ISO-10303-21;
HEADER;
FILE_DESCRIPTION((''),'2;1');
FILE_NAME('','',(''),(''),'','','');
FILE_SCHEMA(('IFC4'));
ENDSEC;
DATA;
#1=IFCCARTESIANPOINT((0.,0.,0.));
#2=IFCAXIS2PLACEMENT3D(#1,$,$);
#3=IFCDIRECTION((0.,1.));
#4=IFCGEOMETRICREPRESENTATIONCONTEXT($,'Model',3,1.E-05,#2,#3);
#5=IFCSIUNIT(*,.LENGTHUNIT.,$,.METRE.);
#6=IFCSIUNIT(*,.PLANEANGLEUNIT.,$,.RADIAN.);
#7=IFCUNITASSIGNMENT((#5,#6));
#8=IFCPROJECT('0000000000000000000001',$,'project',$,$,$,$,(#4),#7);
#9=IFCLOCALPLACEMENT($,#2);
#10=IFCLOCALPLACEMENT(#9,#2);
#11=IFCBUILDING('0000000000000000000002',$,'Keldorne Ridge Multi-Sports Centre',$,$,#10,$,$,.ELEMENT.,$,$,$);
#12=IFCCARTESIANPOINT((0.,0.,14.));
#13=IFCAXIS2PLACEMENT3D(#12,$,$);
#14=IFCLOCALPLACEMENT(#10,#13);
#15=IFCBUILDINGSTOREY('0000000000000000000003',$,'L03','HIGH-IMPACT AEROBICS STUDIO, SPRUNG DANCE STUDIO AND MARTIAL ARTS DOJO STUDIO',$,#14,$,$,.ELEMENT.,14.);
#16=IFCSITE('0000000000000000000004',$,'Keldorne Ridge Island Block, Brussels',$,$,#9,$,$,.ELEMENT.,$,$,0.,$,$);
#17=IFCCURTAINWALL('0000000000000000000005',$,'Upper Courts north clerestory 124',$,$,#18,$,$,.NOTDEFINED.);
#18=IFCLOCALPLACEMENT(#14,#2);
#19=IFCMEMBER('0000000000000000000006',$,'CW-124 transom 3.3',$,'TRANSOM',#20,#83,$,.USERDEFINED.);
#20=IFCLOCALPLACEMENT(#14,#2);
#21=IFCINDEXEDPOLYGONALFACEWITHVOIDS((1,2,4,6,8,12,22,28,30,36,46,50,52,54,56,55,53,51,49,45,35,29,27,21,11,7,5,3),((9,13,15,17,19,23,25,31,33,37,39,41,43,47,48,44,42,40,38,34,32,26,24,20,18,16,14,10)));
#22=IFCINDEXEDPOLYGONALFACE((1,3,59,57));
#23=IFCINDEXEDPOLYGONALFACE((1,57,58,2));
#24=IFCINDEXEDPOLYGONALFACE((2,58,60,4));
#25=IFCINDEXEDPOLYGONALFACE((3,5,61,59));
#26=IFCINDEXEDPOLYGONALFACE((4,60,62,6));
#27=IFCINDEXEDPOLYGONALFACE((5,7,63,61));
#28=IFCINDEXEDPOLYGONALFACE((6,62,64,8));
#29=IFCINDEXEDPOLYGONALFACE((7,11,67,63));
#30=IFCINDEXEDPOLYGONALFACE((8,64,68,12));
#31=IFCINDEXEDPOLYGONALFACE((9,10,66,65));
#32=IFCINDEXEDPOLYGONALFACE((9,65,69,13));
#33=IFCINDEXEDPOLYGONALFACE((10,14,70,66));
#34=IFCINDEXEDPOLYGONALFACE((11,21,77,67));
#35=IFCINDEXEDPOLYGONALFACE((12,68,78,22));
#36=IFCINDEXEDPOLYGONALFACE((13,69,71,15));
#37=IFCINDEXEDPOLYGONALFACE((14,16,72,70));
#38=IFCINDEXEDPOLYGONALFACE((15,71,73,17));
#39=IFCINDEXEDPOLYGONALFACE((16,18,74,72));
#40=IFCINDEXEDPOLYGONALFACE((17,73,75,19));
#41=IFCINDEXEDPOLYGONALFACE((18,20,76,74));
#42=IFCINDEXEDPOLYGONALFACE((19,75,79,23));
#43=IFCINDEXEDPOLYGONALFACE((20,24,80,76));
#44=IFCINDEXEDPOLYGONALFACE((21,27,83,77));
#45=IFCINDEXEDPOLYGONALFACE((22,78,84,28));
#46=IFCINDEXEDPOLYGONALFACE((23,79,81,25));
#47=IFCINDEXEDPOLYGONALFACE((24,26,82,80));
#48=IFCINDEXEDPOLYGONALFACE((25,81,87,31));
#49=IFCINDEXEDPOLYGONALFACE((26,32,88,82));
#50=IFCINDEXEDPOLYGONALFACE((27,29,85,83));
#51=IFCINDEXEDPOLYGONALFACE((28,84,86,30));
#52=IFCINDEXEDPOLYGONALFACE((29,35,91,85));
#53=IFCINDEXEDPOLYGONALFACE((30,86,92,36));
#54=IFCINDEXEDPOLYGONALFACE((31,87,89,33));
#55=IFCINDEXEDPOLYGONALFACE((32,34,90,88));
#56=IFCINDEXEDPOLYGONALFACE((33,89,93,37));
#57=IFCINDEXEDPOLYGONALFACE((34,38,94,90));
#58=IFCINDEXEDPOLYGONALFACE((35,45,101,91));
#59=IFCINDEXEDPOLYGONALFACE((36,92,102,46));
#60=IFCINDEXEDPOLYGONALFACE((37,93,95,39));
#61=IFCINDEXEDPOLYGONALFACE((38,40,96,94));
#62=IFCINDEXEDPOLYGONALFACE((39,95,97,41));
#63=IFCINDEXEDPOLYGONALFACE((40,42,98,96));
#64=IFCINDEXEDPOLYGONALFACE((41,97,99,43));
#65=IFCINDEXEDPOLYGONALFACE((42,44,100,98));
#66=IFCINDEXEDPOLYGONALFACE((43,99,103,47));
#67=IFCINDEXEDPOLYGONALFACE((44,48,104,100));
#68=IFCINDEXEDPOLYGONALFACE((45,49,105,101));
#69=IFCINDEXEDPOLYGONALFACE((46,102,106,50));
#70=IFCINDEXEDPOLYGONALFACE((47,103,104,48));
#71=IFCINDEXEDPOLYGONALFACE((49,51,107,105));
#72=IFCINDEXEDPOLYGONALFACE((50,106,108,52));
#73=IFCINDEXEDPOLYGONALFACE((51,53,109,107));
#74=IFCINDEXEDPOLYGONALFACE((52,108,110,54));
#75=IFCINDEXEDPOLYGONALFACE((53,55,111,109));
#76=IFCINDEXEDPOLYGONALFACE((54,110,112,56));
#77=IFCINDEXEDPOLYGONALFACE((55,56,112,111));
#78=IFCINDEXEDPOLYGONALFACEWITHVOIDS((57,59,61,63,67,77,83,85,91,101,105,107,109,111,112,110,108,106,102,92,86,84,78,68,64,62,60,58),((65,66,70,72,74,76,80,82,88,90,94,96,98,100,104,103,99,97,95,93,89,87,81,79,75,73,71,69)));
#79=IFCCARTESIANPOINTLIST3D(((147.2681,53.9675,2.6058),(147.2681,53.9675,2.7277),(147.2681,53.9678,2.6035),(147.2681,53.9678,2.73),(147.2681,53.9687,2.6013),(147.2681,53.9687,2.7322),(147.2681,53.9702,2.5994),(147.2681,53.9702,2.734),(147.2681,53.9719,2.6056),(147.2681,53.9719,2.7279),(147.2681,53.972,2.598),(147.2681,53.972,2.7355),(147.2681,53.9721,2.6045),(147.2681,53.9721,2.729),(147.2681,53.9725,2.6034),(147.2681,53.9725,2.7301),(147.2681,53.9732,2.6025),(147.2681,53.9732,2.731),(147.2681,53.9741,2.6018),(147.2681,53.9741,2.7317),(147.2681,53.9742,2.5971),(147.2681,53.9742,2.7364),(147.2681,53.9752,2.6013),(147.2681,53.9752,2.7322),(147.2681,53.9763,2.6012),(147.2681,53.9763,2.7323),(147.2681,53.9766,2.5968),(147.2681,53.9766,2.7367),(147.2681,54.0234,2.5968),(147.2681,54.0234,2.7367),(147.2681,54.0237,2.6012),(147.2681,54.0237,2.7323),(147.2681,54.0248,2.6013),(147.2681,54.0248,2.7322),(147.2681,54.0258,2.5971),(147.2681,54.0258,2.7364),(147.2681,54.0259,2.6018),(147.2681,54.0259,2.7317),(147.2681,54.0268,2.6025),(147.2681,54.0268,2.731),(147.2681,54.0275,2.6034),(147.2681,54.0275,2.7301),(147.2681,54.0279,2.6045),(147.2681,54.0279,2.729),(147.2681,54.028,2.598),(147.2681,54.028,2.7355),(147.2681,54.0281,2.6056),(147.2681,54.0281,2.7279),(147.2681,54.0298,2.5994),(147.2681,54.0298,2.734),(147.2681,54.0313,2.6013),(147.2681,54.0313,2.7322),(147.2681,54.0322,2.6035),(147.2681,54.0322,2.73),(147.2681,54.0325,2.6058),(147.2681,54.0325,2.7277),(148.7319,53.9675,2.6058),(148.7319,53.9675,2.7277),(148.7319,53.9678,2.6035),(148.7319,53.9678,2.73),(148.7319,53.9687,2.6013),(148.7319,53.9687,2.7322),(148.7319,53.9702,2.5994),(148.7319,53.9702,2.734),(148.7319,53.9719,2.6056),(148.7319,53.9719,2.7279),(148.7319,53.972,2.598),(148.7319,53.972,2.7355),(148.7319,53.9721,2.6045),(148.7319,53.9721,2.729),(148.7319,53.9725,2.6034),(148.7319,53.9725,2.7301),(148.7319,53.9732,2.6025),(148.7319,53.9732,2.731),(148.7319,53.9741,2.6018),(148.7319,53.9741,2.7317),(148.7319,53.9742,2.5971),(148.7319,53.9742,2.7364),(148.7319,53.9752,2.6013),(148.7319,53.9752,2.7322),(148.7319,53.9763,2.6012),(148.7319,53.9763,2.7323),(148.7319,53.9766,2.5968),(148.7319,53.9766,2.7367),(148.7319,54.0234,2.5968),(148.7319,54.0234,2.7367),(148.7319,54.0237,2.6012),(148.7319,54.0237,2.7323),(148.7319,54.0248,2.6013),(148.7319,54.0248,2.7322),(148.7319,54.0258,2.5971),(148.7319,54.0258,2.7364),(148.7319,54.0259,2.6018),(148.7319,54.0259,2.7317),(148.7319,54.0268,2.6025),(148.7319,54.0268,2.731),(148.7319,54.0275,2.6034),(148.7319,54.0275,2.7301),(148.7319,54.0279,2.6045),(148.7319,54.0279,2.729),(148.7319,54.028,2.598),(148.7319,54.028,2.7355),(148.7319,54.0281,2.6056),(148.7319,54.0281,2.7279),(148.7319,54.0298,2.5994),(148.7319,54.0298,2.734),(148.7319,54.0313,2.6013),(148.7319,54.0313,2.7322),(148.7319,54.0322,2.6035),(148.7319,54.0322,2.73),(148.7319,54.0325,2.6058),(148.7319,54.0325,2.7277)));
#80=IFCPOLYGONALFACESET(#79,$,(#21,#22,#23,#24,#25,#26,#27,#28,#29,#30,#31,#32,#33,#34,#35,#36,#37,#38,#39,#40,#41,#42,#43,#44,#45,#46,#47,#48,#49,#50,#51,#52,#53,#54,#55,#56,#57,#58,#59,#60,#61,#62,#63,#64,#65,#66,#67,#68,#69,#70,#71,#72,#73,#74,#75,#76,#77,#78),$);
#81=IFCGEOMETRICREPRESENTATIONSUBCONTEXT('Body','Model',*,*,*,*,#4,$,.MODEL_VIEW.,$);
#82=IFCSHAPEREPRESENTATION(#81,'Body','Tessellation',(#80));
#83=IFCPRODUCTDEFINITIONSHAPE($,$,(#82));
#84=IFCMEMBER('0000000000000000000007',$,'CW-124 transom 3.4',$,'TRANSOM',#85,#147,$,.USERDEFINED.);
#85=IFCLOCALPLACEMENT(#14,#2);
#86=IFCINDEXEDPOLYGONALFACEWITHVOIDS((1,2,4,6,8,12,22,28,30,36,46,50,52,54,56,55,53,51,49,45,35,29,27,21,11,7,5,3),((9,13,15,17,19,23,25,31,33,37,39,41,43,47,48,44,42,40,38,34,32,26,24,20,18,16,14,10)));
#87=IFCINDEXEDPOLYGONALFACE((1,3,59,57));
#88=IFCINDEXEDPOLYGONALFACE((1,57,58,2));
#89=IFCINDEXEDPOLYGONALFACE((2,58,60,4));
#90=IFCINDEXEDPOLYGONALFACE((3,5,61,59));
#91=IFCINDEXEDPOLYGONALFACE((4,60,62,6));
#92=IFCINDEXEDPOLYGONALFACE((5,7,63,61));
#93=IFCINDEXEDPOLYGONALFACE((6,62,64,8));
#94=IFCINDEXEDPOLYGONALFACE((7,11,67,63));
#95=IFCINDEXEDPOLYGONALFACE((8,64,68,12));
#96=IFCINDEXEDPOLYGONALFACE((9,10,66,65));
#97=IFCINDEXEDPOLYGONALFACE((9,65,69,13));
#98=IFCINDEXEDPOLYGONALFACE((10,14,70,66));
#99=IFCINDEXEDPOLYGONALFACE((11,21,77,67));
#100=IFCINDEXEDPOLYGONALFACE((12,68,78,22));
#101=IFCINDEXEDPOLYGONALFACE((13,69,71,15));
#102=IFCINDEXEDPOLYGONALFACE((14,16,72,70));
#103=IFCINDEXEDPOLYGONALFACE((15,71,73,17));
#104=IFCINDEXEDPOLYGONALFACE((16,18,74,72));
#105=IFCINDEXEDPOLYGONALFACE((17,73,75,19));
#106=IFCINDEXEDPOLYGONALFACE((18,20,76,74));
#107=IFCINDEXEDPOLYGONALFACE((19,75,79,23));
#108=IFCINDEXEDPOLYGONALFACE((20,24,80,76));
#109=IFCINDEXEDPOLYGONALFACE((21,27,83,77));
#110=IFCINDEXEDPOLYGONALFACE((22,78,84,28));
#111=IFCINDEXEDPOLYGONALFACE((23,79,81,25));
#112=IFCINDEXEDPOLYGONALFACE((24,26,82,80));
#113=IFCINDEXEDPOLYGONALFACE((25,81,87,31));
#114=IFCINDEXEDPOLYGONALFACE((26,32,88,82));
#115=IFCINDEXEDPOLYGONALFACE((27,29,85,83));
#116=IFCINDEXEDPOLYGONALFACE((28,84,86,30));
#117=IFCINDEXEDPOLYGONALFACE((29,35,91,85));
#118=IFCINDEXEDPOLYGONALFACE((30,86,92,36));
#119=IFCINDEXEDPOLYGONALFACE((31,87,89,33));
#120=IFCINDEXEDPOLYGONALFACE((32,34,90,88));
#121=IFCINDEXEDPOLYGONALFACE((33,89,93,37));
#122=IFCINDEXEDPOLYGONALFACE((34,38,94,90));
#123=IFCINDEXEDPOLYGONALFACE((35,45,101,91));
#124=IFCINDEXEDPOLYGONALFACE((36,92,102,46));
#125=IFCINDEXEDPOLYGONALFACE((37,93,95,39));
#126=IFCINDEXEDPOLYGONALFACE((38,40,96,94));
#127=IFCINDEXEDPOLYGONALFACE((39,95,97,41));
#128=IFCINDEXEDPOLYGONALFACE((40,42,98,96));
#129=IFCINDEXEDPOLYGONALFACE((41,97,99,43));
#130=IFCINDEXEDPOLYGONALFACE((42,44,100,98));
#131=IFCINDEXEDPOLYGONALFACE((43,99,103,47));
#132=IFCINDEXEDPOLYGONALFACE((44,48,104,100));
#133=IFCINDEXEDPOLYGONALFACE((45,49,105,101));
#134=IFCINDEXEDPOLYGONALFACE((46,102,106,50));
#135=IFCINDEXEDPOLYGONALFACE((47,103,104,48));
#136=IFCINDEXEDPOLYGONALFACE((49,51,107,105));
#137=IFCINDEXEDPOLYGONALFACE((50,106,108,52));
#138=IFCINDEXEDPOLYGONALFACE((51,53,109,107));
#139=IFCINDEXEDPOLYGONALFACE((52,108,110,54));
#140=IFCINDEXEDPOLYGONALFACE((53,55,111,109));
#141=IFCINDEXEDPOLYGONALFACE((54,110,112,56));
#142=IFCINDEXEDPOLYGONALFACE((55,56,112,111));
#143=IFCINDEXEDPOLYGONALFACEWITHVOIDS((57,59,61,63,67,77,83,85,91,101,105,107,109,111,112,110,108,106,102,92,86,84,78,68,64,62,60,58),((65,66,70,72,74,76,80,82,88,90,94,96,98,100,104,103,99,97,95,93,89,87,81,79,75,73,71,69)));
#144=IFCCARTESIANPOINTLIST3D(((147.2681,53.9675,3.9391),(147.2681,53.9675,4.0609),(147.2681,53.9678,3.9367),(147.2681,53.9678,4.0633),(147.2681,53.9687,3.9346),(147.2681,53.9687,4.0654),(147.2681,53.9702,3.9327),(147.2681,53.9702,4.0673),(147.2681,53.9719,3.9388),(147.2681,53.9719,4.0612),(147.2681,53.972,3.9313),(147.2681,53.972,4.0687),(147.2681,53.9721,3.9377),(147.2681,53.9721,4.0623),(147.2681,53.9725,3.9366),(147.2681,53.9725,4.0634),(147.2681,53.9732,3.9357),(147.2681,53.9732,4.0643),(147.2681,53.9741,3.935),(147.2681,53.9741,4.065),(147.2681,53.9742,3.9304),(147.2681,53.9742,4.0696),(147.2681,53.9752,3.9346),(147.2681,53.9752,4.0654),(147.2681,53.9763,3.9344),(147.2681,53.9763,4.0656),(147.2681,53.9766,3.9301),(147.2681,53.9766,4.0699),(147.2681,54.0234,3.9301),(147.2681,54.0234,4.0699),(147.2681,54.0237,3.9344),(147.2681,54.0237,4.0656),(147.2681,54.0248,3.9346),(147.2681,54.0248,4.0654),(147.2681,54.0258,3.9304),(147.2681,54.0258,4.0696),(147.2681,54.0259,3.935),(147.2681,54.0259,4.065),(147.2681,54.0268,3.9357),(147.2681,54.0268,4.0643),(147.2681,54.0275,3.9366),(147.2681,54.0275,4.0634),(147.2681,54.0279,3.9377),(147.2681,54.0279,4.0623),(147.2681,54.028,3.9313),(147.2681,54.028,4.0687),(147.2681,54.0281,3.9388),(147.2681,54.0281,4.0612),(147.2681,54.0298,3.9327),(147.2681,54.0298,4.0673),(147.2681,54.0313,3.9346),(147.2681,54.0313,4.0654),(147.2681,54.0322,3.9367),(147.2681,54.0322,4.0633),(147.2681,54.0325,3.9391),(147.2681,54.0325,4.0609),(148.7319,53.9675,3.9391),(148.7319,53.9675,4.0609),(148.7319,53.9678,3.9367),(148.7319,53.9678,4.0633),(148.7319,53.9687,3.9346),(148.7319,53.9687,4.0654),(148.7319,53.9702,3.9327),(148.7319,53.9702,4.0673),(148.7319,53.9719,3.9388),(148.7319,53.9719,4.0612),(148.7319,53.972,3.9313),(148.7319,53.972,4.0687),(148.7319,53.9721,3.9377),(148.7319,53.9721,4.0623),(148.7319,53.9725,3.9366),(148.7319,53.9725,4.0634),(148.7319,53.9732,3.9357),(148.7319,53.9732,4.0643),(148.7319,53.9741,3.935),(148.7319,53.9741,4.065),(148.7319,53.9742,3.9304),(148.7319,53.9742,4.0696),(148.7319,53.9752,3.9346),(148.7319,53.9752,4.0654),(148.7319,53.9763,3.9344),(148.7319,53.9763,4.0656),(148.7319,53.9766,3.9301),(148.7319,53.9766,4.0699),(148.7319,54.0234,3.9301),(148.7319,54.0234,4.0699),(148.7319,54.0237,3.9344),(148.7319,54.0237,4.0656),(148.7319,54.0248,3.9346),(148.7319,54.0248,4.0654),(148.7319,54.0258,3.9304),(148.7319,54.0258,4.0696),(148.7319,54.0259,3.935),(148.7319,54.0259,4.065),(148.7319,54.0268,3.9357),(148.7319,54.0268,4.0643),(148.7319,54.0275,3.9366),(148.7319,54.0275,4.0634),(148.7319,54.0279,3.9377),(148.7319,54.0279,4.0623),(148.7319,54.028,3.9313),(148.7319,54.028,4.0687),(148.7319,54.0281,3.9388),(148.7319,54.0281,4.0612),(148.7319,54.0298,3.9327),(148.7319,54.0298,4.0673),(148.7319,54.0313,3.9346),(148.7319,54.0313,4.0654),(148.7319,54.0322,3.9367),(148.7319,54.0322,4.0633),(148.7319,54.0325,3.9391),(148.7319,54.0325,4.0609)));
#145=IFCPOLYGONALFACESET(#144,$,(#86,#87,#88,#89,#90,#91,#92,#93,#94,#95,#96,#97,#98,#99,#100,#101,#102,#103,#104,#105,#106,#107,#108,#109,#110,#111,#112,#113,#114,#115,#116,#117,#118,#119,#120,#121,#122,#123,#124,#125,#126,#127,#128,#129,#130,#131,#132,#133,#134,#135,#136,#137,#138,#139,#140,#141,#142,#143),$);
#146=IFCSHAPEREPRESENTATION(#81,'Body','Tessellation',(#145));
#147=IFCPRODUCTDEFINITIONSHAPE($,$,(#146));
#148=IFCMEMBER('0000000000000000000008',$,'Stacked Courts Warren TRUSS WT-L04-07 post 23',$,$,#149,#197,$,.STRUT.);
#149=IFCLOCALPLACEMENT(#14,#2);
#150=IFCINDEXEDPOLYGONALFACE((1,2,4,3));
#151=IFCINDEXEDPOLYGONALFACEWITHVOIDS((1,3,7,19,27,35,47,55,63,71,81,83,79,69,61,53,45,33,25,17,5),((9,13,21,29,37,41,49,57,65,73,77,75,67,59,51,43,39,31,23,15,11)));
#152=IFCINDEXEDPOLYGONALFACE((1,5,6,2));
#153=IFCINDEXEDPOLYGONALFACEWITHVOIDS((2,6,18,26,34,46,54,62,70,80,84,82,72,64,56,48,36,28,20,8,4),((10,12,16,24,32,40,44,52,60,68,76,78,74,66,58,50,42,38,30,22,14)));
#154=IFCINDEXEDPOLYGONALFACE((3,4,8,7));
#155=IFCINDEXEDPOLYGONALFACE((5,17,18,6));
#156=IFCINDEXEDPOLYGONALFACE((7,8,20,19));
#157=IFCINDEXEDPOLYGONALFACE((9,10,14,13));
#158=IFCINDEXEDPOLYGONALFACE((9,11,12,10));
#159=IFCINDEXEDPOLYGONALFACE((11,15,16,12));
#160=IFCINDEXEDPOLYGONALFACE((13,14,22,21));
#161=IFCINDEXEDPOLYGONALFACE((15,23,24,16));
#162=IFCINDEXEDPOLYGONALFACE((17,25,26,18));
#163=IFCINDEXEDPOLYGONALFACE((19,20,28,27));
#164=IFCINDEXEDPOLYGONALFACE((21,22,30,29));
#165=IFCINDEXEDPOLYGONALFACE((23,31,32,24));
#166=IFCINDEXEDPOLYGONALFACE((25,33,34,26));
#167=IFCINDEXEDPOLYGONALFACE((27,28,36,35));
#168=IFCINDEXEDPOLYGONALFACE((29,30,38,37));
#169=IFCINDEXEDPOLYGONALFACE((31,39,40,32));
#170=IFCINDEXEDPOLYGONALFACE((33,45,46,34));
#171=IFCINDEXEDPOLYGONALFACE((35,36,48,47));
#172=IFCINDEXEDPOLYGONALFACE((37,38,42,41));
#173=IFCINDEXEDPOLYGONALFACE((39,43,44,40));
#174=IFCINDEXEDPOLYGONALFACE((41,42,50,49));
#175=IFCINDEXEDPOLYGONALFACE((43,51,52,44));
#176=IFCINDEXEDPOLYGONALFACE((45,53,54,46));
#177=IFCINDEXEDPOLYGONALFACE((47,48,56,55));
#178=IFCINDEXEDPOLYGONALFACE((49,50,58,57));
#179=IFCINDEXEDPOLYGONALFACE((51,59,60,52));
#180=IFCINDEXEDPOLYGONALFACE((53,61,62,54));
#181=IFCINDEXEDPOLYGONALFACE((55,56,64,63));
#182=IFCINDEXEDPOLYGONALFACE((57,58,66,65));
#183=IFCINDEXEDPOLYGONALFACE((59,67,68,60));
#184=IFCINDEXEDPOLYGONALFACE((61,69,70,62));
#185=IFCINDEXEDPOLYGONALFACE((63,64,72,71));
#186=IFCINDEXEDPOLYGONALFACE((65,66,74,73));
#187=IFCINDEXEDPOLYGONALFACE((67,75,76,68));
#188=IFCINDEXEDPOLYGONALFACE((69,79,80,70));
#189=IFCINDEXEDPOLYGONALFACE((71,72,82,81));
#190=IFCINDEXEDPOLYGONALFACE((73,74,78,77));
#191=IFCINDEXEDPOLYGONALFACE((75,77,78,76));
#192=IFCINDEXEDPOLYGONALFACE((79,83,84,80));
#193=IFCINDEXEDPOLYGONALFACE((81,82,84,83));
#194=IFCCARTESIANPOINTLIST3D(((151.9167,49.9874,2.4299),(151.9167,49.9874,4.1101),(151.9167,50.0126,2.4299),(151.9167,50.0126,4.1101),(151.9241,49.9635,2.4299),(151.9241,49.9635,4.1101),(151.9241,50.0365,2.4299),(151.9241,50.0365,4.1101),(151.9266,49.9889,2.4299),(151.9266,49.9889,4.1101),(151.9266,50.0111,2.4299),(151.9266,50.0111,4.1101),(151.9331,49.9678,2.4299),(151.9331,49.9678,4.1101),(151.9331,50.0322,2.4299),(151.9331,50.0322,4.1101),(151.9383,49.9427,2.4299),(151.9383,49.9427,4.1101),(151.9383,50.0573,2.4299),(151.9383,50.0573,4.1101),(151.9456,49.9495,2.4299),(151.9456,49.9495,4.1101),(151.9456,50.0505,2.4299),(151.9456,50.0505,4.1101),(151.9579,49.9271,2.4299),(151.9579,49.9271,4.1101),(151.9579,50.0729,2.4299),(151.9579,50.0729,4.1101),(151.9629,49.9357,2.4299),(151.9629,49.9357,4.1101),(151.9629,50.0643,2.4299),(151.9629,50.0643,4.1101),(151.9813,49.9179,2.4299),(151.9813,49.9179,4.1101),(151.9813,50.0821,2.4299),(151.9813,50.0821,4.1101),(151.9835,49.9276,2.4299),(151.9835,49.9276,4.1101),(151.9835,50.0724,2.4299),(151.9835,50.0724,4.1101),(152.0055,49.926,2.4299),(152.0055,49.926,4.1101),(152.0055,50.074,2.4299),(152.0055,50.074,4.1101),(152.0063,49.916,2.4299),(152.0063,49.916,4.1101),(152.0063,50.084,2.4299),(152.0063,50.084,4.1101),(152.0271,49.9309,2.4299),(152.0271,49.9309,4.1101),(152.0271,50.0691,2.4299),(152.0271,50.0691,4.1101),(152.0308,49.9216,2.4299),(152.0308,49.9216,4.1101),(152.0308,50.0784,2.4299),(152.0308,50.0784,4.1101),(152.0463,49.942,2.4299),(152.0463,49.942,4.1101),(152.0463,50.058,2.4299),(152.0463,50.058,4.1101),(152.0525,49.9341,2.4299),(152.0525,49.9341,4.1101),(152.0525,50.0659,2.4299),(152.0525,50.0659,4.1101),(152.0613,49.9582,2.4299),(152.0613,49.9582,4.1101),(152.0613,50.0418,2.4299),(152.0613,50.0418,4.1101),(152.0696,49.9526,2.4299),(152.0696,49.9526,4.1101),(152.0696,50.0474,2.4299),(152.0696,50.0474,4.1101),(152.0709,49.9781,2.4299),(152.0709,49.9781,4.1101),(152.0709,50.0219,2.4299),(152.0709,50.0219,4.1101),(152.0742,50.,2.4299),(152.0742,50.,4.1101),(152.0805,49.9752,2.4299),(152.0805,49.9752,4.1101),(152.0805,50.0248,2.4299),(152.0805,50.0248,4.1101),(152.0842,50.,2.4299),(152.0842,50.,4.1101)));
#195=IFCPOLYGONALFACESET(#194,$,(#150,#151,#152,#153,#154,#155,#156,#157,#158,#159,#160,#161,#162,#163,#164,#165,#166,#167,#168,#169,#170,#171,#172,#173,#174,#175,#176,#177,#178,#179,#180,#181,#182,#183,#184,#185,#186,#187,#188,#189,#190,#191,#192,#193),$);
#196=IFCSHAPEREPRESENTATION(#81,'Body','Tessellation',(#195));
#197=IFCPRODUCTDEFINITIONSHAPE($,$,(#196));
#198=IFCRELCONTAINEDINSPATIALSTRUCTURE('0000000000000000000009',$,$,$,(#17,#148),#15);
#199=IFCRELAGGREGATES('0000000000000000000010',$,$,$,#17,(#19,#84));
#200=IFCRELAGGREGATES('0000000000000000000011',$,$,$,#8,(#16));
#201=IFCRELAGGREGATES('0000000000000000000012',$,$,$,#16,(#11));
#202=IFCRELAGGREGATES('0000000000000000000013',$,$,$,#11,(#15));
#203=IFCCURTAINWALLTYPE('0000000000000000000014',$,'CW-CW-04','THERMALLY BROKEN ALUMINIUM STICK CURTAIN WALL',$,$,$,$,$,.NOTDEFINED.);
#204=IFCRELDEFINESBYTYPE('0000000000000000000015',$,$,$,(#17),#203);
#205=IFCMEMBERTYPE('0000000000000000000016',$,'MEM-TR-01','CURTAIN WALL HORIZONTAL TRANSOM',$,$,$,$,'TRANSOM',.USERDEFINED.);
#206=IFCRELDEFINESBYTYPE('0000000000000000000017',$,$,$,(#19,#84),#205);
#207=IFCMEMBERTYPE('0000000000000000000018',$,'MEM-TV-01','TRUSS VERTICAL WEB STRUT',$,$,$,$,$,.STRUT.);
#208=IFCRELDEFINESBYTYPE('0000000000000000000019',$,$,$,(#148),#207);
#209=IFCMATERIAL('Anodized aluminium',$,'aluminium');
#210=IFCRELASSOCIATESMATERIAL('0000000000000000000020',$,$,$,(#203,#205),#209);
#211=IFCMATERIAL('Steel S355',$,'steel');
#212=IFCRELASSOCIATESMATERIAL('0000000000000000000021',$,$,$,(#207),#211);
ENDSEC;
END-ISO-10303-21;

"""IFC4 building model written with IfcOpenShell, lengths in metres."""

from ifc_helpers import new_model, si_unit, direction, frame, origin, origin_2d, place, context, subcontext, project, spatial, hollow_rectangle, hollow_circle, extrude, material, material_profile, profile_set, type_object, element, aggregate, save


model = new_model("IFC4")

# Units and contexts
model_context = context("Model", 3, precision=1e-05, world=origin(), true_north=direction((0.0, 1.0)))
body_context = subcontext(model_context, "Body", "Model", "MODEL_VIEW")
ifc_project = project(units=[si_unit("LENGTHUNIT", "METRE"), si_unit("PLANEANGLEUNIT", "RADIAN")], contexts=[model_context])

# Site, building, storey
site_placement = place(None, origin())
site = spatial("IfcSite", under=ifc_project, at=site_placement, Name="Keldorne Ridge Island Block, Brussels", CompositionType="ELEMENT", RefElevation=0.0)
building_placement = place(site_placement, origin())
building = spatial("IfcBuilding", under=site, at=building_placement, Name="Keldorne Ridge Multi-Sports Centre", CompositionType="ELEMENT")
storey_placement = place(building_placement, frame((0.0, 0.0, 14.0)))
storey = spatial("IfcBuildingStorey", under=building, at=storey_placement, Name="L03", Description="HIGH-IMPACT AEROBICS STUDIO, SPRUNG DANCE STUDIO AND MARTIAL ARTS DOJO STUDIO", CompositionType="ELEMENT", Elevation=14.0)

# Curtain wall
ifc_material_1 = material(Name="Anodized aluminium", Category="aluminium")
curtain_wall_type = type_object("IfcCurtainWallType", Name="CW-CW-04", Description="THERMALLY BROKEN ALUMINIUM STICK CURTAIN WALL", PredefinedType="NOTDEFINED", material=ifc_material_1)
curtain_wall_placement = place(storey_placement, origin())
curtain_wall = element("IfcCurtainWall", 1, at=curtain_wall_placement, inside=storey, type_object=curtain_wall_type, Name="Upper Courts north clerestory 124", PredefinedType="NOTDEFINED")

# Shared definitions
ifc_material_2 = material(Name="Steel S355", Category="steel")

# Members
ifc_material_profile_1 = material_profile(ifc_material_1, hollow_rectangle(XDim=0.0649, YDim=0.1399, WallThickness=0.0044, InnerFilletRadius=0.0044, OuterFilletRadius=0.009, at=origin_2d()), Name="ALU TRANSOM 140x65x4.5")
ifc_profile_set_1 = profile_set([ifc_material_profile_1], Name="Anodized aluminium")
member_type_1 = type_object("IfcMemberType", Name="MEM-TR-01", Description="CURTAIN WALL HORIZONTAL TRANSOM", ElementType="TRANSOM", PredefinedType="USERDEFINED", material=ifc_profile_set_1)
member_1_placement = place(storey_placement, frame((148.7319, 54.0, 2.6667), z_axis=(-1.0, 0.0, 0.0), x_axis=(0.0, -1.0, 0.0)))
member_1 = element("IfcMember", 2, at=member_1_placement, type_object=member_type_1, Name="CW-124 transom 3.3", ObjectType="TRANSOM", PredefinedType="USERDEFINED", context=body_context, shape_type="SweptSolid", body=[
    extrude(hollow_rectangle(XDim=0.0649, YDim=0.1399, WallThickness=0.0044, InnerFilletRadius=0.0044, OuterFilletRadius=0.009, at=origin_2d()), origin(), (0.0, 0.0, 1.0), 1.4639),
])
member_2_placement = place(storey_placement, frame((148.7319, 54.0, 4.0), z_axis=(-1.0, 0.0, 0.0), x_axis=(0.0, -1.0, 0.0)))
member_2 = element("IfcMember", 3, at=member_2_placement, type_object=member_type_1, Name="CW-124 transom 3.4", ObjectType="TRANSOM", PredefinedType="USERDEFINED", context=body_context, shape_type="SweptSolid", body=[
    extrude(hollow_rectangle(XDim=0.0649, YDim=0.1399, WallThickness=0.0044, InnerFilletRadius=0.0044, OuterFilletRadius=0.009, at=origin_2d()), origin(), (0.0, 0.0, 1.0), 1.4639),
])

# Member
ifc_material_profile_2 = material_profile(ifc_material_2, hollow_circle(Radius=0.0842, WallThickness=0.01, at=origin_2d()), Name="CHS 168.3x10")
ifc_profile_set_2 = profile_set([ifc_material_profile_2], Name="Steel S355")
member_type_2 = type_object("IfcMemberType", Name="MEM-TV-01", Description="TRUSS VERTICAL WEB STRUT", PredefinedType="STRUT", material=ifc_profile_set_2)
for number, where, z_axis, x_axis, name in (
    (4, (152.0, 50.0, 2.4299), (0.0, 0.0, 1.0), (1.0, 0.0, 0.0), "Stacked Courts Warren TRUSS WT-L04-07 post 23"),
):
    element("IfcMember", number, at=place(storey_placement, frame(where, z_axis=z_axis, x_axis=x_axis)), inside=storey, type_object=member_type_2, Name=name, PredefinedType="STRUT", context=body_context, shape_type="SweptSolid", body=[
        extrude(hollow_circle(Radius=0.0842, WallThickness=0.01, at=origin_2d()), origin(), (0.0, 0.0, 1.0), 1.6802),
    ])

aggregate(curtain_wall, [member_1, member_2])

save(model, "model.ifc")
